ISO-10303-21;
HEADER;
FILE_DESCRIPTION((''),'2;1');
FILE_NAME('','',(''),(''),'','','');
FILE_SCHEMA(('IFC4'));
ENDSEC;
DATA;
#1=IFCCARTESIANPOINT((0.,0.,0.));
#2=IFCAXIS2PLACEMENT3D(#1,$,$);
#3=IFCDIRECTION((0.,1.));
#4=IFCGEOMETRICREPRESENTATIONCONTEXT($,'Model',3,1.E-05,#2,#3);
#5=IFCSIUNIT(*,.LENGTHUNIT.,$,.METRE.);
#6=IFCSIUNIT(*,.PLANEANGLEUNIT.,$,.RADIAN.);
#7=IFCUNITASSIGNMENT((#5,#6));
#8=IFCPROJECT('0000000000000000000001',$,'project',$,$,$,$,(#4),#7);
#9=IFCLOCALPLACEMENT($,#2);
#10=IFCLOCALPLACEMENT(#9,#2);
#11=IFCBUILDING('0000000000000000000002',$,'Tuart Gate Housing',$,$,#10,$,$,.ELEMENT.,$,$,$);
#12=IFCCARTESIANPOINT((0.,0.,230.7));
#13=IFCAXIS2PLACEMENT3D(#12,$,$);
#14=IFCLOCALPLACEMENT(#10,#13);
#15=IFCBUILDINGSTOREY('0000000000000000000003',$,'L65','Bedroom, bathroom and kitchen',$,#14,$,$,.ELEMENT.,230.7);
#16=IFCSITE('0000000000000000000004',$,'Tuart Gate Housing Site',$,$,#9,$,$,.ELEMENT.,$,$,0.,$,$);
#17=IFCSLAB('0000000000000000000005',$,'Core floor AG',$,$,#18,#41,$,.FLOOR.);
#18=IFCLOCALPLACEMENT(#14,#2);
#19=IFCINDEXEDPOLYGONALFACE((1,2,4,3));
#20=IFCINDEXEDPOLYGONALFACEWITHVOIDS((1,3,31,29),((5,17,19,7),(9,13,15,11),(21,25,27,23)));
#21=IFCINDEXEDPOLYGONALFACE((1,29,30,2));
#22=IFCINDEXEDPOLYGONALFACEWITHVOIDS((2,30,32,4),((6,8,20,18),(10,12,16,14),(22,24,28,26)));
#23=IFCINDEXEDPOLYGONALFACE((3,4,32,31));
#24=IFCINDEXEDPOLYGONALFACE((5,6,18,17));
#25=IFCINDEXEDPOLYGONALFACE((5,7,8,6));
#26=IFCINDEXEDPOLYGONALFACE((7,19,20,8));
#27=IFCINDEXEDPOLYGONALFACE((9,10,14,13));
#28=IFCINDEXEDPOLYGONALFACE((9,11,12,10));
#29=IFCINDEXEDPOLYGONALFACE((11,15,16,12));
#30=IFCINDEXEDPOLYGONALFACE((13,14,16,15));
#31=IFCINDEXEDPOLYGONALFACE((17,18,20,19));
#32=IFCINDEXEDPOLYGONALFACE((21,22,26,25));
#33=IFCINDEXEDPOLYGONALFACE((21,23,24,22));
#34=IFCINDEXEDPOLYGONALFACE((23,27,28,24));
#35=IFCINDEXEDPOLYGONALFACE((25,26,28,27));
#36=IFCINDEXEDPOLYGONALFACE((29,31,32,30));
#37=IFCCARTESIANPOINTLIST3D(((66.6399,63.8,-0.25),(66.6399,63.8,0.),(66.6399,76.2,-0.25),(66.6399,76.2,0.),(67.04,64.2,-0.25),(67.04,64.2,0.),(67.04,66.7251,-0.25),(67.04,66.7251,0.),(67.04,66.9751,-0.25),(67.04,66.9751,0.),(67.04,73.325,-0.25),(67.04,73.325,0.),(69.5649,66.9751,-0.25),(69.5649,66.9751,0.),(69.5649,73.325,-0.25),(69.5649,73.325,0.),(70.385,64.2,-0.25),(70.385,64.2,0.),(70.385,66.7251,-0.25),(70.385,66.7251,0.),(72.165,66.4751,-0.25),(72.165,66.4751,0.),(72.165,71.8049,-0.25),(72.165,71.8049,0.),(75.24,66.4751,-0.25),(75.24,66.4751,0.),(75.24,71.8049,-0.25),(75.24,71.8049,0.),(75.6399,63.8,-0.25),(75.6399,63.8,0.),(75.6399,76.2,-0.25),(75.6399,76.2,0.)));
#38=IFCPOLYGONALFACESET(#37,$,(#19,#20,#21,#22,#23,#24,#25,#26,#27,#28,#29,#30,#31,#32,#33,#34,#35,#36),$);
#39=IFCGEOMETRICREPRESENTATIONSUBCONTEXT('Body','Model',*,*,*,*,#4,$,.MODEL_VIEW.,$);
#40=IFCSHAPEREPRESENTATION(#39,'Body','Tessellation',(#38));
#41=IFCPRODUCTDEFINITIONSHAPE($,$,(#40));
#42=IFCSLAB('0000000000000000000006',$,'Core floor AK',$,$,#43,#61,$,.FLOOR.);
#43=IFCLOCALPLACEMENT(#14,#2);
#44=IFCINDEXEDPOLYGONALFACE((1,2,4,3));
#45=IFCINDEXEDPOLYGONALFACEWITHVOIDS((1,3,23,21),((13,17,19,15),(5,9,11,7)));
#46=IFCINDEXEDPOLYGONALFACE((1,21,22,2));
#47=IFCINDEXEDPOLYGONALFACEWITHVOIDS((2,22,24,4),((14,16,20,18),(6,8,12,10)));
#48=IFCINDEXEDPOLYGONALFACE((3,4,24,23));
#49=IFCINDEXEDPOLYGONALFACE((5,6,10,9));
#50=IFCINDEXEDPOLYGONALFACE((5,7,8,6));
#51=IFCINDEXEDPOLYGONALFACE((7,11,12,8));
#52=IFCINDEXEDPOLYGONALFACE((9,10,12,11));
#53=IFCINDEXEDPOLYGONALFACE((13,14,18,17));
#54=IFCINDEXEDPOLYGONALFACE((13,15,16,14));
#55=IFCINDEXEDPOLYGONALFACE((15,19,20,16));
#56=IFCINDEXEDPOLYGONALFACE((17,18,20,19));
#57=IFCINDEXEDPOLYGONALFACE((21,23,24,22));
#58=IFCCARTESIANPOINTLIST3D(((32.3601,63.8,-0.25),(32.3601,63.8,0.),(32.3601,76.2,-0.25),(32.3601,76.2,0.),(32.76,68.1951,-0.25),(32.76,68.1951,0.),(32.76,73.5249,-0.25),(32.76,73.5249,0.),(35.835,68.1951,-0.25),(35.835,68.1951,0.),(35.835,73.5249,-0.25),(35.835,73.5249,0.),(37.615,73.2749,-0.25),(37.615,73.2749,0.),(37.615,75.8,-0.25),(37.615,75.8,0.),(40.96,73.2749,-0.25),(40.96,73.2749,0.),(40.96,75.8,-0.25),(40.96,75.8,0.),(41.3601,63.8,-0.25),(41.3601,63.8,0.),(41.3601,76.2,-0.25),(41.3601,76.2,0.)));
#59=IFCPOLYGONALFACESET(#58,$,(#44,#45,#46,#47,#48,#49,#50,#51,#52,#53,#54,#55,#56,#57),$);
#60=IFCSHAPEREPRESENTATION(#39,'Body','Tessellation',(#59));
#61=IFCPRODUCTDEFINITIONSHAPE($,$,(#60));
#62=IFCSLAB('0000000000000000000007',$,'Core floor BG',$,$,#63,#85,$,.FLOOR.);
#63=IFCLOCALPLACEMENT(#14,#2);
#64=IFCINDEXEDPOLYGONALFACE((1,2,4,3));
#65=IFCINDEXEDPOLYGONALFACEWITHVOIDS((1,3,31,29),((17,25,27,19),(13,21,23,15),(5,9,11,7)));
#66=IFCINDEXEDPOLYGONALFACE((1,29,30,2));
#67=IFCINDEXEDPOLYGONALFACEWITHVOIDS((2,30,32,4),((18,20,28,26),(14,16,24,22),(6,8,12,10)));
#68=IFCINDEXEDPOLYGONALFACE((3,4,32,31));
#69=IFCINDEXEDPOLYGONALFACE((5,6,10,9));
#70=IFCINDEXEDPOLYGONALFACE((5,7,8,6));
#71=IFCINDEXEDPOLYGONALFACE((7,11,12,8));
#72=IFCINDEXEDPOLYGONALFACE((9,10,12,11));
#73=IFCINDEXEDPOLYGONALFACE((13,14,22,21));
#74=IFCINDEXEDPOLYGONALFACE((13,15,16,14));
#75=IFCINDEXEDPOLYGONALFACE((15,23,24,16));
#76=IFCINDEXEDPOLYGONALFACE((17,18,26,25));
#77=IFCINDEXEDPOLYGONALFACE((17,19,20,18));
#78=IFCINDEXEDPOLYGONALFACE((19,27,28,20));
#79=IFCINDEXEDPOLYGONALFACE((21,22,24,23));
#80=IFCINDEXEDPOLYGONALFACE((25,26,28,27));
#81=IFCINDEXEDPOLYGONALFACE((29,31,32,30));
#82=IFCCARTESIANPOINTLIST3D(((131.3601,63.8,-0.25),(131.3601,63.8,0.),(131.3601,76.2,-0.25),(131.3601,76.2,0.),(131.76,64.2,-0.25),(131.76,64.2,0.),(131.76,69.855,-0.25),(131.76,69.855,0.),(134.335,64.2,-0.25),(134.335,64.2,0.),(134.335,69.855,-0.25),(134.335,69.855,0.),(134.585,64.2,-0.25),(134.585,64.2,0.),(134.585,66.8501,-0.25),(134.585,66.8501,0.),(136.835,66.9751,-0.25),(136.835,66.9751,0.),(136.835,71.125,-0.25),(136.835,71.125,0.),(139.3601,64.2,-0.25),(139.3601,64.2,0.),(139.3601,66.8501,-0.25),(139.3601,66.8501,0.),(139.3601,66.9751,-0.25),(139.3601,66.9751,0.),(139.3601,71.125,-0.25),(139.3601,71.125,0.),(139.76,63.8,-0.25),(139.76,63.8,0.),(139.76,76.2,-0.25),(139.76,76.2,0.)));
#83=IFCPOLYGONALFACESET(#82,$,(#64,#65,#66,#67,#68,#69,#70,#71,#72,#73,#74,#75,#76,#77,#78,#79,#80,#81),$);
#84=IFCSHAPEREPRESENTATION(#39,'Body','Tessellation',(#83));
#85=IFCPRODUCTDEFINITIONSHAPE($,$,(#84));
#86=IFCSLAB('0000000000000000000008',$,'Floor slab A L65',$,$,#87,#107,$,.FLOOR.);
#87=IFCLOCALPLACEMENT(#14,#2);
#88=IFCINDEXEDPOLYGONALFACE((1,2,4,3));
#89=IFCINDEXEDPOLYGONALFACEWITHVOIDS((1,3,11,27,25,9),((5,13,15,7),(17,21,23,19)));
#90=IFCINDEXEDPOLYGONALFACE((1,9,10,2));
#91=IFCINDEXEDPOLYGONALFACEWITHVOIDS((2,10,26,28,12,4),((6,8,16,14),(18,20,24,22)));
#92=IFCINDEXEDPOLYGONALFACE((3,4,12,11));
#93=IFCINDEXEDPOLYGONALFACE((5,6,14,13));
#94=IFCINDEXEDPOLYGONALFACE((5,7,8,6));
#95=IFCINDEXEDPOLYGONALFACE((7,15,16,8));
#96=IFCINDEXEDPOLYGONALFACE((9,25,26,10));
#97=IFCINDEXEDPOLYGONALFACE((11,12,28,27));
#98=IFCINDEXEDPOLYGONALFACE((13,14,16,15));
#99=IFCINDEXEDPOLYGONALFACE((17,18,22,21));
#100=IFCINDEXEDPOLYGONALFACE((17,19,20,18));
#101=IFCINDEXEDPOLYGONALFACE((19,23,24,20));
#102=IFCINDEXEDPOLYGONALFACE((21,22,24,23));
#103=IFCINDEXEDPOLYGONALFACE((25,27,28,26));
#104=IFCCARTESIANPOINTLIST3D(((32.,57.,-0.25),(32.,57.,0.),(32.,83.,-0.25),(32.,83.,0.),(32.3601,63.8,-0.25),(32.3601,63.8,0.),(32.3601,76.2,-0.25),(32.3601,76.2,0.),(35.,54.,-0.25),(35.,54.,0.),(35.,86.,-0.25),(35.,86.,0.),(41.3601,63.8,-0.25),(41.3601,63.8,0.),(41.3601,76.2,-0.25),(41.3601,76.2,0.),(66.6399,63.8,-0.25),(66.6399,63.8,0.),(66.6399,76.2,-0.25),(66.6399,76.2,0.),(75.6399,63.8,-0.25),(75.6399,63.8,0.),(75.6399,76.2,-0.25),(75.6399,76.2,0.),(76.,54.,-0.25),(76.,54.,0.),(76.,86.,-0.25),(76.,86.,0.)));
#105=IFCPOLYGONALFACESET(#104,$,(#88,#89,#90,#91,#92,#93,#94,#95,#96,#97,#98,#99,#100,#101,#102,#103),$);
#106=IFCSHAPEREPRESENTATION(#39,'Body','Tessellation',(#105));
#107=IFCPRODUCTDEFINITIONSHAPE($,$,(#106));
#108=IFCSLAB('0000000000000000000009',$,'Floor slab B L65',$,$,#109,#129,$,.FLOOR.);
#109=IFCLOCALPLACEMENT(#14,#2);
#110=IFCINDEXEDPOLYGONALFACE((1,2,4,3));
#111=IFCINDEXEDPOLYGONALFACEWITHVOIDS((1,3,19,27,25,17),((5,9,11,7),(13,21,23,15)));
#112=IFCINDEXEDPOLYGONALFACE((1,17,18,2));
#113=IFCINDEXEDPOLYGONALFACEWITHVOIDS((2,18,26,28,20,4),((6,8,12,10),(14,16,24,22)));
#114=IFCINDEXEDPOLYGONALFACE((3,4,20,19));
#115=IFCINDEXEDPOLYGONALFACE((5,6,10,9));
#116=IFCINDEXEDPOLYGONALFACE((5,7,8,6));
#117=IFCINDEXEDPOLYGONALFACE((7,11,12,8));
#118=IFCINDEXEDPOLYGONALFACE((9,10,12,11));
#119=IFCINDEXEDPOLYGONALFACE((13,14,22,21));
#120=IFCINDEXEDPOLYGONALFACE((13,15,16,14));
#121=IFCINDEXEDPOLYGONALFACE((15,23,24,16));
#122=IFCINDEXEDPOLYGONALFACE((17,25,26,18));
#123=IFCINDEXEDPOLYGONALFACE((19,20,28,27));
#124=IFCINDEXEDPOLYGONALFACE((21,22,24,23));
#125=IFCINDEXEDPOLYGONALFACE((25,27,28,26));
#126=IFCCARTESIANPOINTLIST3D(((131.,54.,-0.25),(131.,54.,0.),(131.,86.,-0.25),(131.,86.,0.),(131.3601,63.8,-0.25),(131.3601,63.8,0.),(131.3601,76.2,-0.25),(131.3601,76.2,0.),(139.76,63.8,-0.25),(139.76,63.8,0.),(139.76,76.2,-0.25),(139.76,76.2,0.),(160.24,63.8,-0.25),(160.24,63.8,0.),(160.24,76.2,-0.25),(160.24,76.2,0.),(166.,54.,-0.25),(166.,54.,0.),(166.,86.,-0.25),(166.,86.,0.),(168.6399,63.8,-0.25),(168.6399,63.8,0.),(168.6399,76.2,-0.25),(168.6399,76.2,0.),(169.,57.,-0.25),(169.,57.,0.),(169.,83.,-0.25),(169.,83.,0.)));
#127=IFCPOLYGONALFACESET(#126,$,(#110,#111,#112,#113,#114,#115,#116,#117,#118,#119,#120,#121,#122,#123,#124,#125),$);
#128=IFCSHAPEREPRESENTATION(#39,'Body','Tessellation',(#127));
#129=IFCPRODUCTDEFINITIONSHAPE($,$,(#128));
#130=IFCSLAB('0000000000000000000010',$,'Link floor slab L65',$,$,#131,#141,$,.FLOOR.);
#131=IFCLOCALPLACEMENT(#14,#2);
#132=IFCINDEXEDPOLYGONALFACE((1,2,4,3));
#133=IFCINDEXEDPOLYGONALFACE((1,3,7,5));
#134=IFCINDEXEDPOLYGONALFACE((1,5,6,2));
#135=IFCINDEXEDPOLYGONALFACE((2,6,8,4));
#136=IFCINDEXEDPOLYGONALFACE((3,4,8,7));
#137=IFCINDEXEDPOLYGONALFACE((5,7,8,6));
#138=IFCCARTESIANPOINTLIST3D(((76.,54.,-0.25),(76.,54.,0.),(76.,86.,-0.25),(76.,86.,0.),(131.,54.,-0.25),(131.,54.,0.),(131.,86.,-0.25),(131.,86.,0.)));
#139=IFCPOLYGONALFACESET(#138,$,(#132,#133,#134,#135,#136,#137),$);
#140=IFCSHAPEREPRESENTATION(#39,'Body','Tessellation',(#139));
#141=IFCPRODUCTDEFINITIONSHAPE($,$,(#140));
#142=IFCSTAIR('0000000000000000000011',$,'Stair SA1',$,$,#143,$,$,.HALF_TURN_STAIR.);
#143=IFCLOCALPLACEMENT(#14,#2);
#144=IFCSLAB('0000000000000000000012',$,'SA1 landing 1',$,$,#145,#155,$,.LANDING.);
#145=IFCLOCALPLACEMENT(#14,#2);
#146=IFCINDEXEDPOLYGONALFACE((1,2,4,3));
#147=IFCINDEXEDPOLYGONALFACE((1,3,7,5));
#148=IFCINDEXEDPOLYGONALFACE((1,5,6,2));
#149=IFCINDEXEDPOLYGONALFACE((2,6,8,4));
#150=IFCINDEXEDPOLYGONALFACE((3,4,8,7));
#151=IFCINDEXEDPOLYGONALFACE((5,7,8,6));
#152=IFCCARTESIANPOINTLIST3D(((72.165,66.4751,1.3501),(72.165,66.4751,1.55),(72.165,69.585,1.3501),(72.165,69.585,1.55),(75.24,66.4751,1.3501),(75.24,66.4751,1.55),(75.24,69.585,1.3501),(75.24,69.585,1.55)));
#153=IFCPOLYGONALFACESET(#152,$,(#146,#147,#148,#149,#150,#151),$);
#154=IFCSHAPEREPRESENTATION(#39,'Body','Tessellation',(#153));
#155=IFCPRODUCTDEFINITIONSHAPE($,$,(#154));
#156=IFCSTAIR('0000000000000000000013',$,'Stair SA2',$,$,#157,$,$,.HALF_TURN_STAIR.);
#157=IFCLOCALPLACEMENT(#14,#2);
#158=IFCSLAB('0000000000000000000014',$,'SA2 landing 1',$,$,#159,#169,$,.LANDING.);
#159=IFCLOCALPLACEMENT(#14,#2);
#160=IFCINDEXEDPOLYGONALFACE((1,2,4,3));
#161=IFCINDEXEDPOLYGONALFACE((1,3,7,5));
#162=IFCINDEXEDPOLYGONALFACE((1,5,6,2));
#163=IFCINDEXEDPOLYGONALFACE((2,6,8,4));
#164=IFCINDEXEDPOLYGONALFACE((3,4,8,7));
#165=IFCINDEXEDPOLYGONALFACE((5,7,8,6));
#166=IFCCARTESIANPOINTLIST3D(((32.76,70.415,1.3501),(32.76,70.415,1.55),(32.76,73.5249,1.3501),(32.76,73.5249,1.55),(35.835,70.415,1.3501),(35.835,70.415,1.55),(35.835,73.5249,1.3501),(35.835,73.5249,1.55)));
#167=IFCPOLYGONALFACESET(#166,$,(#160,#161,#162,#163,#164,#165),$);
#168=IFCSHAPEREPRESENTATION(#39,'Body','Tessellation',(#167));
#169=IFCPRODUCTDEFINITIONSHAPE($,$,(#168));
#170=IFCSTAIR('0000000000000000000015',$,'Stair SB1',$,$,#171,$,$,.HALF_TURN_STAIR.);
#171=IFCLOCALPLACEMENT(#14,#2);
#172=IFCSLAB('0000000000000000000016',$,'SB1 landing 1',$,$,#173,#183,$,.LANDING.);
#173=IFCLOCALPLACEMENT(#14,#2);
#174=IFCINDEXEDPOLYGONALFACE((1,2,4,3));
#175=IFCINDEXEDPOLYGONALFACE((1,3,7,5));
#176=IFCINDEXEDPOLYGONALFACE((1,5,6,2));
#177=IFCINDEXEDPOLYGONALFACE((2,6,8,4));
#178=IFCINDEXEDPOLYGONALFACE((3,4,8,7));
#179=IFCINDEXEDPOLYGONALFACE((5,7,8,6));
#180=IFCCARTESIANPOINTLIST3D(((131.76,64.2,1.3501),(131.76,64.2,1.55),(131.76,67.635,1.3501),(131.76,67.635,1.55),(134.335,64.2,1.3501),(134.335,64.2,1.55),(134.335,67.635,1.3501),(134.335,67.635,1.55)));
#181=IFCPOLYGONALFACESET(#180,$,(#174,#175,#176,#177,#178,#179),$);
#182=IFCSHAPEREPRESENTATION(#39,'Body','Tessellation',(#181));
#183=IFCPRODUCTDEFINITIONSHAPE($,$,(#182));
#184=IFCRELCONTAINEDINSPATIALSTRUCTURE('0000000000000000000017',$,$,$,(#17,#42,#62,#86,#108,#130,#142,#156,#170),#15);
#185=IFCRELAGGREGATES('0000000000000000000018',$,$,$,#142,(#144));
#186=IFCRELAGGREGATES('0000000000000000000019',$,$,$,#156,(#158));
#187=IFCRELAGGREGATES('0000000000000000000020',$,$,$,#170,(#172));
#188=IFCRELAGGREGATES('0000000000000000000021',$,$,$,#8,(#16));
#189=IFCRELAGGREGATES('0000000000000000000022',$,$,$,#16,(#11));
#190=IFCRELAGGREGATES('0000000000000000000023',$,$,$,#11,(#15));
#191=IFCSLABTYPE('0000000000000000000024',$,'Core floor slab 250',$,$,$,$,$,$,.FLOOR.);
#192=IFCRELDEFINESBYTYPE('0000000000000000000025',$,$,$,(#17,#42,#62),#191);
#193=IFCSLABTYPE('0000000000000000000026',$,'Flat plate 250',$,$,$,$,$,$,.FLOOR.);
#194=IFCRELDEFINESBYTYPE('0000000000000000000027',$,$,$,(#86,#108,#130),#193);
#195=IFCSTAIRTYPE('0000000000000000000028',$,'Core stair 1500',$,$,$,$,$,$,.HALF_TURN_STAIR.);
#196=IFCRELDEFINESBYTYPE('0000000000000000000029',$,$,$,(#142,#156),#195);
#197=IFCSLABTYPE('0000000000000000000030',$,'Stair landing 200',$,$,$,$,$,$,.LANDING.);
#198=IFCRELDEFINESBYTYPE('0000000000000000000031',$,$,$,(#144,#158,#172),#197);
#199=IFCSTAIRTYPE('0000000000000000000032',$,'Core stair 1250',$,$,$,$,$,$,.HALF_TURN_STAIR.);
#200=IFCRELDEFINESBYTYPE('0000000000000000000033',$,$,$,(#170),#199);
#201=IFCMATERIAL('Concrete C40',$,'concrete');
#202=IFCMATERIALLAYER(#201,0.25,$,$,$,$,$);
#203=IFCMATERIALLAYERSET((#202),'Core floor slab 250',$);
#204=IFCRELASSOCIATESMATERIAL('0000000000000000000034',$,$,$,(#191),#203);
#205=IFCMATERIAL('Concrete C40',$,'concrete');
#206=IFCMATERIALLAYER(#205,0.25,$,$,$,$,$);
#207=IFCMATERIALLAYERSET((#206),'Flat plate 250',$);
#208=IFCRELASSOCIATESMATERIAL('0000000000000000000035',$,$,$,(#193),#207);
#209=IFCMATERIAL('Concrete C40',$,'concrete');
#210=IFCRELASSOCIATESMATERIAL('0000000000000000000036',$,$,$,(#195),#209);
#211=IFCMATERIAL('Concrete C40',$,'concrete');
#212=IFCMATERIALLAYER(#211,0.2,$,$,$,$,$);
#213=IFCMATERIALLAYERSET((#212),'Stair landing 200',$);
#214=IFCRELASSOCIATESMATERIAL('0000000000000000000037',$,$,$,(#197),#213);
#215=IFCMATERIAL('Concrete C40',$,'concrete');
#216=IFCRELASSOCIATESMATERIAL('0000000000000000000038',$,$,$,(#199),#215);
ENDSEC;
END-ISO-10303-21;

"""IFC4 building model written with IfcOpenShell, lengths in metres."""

from ifc_helpers import new_model, si_unit, direction, frame, origin, place, context, subcontext, project, spatial, polyline, outline, extrude, material, layer, layer_set, type_object, element, aggregate, save


model = new_model("IFC4")

# Units and contexts
model_context = context("Model", 3, precision=1e-05, world=origin(), true_north=direction((0.0, 1.0)))
body_context = subcontext(model_context, "Body", "Model", "MODEL_VIEW")
ifc_project = project(units=[si_unit("LENGTHUNIT", "METRE"), si_unit("PLANEANGLEUNIT", "RADIAN")], contexts=[model_context])

# Site, building, storey
site_placement = place(None, origin())
site = spatial("IfcSite", under=ifc_project, at=site_placement, Name="Tuart Gate Housing Site", CompositionType="ELEMENT", RefElevation=0.0)
building_placement = place(site_placement, origin())
building = spatial("IfcBuilding", under=site, at=building_placement, Name="Tuart Gate Housing", CompositionType="ELEMENT")
storey_placement = place(building_placement, frame((0.0, 0.0, 230.7)))
storey = spatial("IfcBuildingStorey", under=building, at=storey_placement, Name="L65", Description="Bedroom, bathroom and kitchen", CompositionType="ELEMENT", Elevation=230.7)

# Slabs
ifc_material_1 = material(Name="Concrete C40", Category="concrete")
ifc_layer_1 = layer(ifc_material_1, 0.25)
ifc_layer_set_1 = layer_set([ifc_layer_1], Name="Core floor slab 250")
slab_type_1 = type_object("IfcSlabType", Name="Core floor slab 250", PredefinedType="FLOOR", material=ifc_layer_set_1)
slab_1_placement = place(storey_placement, frame((0.0, 0.0, -0.25)))
element("IfcSlab", 1, at=slab_1_placement, inside=storey, type_object=slab_type_1, Name="Core floor AG", PredefinedType="FLOOR", context=body_context, shape_type="SweptSolid", body=[
    extrude(outline(polyline([(66.6399, 63.8), (75.6399, 63.8), (75.6399, 76.2), (66.6399, 76.2), (66.6399, 63.8)]), holes=[polyline([(67.04, 64.2), (70.385, 64.2), (70.385, 66.7251), (67.04, 66.7251), (67.04, 64.2)]), polyline([(67.04, 66.9751), (69.5649, 66.9751), (69.5649, 73.325), (67.04, 73.325), (67.04, 66.9751)]), polyline([(72.165, 66.4751), (75.24, 66.4751), (75.24, 71.8049), (72.165, 71.8049), (72.165, 66.4751)])]), origin(), (0.0, 0.0, 1.0), 0.25),
])
slab_2_placement = place(storey_placement, frame((0.0, 0.0, -0.25)))
element("IfcSlab", 2, at=slab_2_placement, inside=storey, type_object=slab_type_1, Name="Core floor AK", PredefinedType="FLOOR", context=body_context, shape_type="SweptSolid", body=[
    extrude(outline(polyline([(32.3601, 63.8), (41.3601, 63.8), (41.3601, 76.2), (32.3601, 76.2), (32.3601, 63.8)]), holes=[polyline([(40.96, 75.8), (37.615, 75.8), (37.615, 73.2749), (40.96, 73.2749), (40.96, 75.8)]), polyline([(35.835, 73.5249), (32.76, 73.5249), (32.76, 68.1951), (35.835, 68.1951), (35.835, 73.5249)])]), origin(), (0.0, 0.0, 1.0), 0.25),
])
slab_3_placement = place(storey_placement, frame((0.0, 0.0, -0.25)))
element("IfcSlab", 3, at=slab_3_placement, inside=storey, type_object=slab_type_1, Name="Core floor BG", PredefinedType="FLOOR", context=body_context, shape_type="SweptSolid", body=[
    extrude(outline(polyline([(131.3601, 63.8), (139.76, 63.8), (139.76, 76.2), (131.3601, 76.2), (131.3601, 63.8)]), holes=[polyline([(139.3601, 66.8501), (134.585, 66.8501), (134.585, 64.2), (139.3601, 64.2), (139.3601, 66.8501)]), polyline([(139.3601, 71.125), (136.835, 71.125), (136.835, 66.9751), (139.3601, 66.9751), (139.3601, 71.125)]), polyline([(134.335, 69.855), (131.76, 69.855), (131.76, 64.2), (134.335, 64.2), (134.335, 69.855)])]), origin(), (0.0, 0.0, 1.0), 0.25),
])
ifc_material_2 = material(Name="Concrete C40", Category="concrete")
ifc_layer_2 = layer(ifc_material_2, 0.25)
ifc_layer_set_2 = layer_set([ifc_layer_2], Name="Flat plate 250")
slab_type_2 = type_object("IfcSlabType", Name="Flat plate 250", PredefinedType="FLOOR", material=ifc_layer_set_2)
slab_4_placement = place(storey_placement, frame((0.0, 0.0, -0.25)))
element("IfcSlab", 4, at=slab_4_placement, inside=storey, type_object=slab_type_2, Name="Floor slab A L65", PredefinedType="FLOOR", context=body_context, shape_type="SweptSolid", body=[
    extrude(outline(polyline([(35.0, 86.0), (32.0, 83.0), (32.0, 57.0), (35.0, 54.0), (76.0, 54.0), (76.0, 86.0), (35.0, 86.0)]), holes=[polyline([(66.6399, 76.2), (75.6399, 76.2), (75.6399, 63.8), (66.6399, 63.8), (66.6399, 76.2)]), polyline([(41.3601, 76.2), (41.3601, 63.8), (32.3601, 63.8), (32.3601, 76.2), (41.3601, 76.2)])]), origin(), (0.0, 0.0, 1.0), 0.25),
])
slab_5_placement = place(storey_placement, frame((0.0, 0.0, -0.25)))
element("IfcSlab", 5, at=slab_5_placement, inside=storey, type_object=slab_type_2, Name="Floor slab B L65", PredefinedType="FLOOR", context=body_context, shape_type="SweptSolid", body=[
    extrude(outline(polyline([(166.0, 86.0), (131.0, 86.0), (131.0, 54.0), (166.0, 54.0), (169.0, 57.0), (169.0, 83.0), (166.0, 86.0)]), holes=[polyline([(131.3601, 76.2), (139.76, 76.2), (139.76, 63.8), (131.3601, 63.8), (131.3601, 76.2)]), polyline([(168.6399, 76.2), (168.6399, 63.8), (160.24, 63.8), (160.24, 76.2), (168.6399, 76.2)])]), origin(), (0.0, 0.0, 1.0), 0.25),
])
slab_6_placement = place(storey_placement, frame((0.0, 0.0, -0.25)))
element("IfcSlab", 6, at=slab_6_placement, inside=storey, type_object=slab_type_2, Name="Link floor slab L65", PredefinedType="FLOOR", context=body_context, shape_type="SweptSolid", body=[
    extrude(outline(polyline([(76.0, 54.0), (131.0, 54.0), (131.0, 86.0), (76.0, 86.0), (76.0, 54.0)])), origin(), (0.0, 0.0, 1.0), 0.25),
])

# Stairs, slabs
ifc_material_3 = material(Name="Concrete C40", Category="concrete")
stair_type_1 = type_object("IfcStairType", Name="Core stair 1500", PredefinedType="HALF_TURN_STAIR", material=ifc_material_3)
stair_1_placement = place(storey_placement, origin())
stair_1 = element("IfcStair", 7, at=stair_1_placement, inside=storey, type_object=stair_type_1, Name="Stair SA1", PredefinedType="HALF_TURN_STAIR")
ifc_material_4 = material(Name="Concrete C40", Category="concrete")
ifc_layer_3 = layer(ifc_material_4, 0.2)
ifc_layer_set_3 = layer_set([ifc_layer_3], Name="Stair landing 200")
slab_type_3 = type_object("IfcSlabType", Name="Stair landing 200", PredefinedType="LANDING", material=ifc_layer_set_3)
slab_7_placement = place(storey_placement, frame((0.0, 0.0, 1.3501)))
slab_7 = element("IfcSlab", 8, at=slab_7_placement, type_object=slab_type_3, Name="SA1 landing 1", PredefinedType="LANDING", context=body_context, shape_type="SweptSolid", body=[
    extrude(outline(polyline([(72.165, 66.4751), (75.24, 66.4751), (75.24, 69.585), (72.165, 69.585), (72.165, 66.4751)])), origin(), (0.0, 0.0, 1.0), 0.2),
])
aggregate(stair_1, [slab_7])
stair_2_placement = place(storey_placement, origin())
stair_2 = element("IfcStair", 9, at=stair_2_placement, inside=storey, type_object=stair_type_1, Name="Stair SA2", PredefinedType="HALF_TURN_STAIR")
slab_8_placement = place(storey_placement, frame((0.0, 0.0, 1.3501)))
slab_8 = element("IfcSlab", 10, at=slab_8_placement, type_object=slab_type_3, Name="SA2 landing 1", PredefinedType="LANDING", context=body_context, shape_type="SweptSolid", body=[
    extrude(outline(polyline([(35.835, 73.5249), (32.76, 73.5249), (32.76, 70.415), (35.835, 70.415), (35.835, 73.5249)])), origin(), (0.0, 0.0, 1.0), 0.2),
])
aggregate(stair_2, [slab_8])
ifc_material_5 = material(Name="Concrete C40", Category="concrete")
stair_type_2 = type_object("IfcStairType", Name="Core stair 1250", PredefinedType="HALF_TURN_STAIR", material=ifc_material_5)
stair_3_placement = place(storey_placement, origin())
stair_3 = element("IfcStair", 11, at=stair_3_placement, inside=storey, type_object=stair_type_2, Name="Stair SB1", PredefinedType="HALF_TURN_STAIR")
slab_9_placement = place(storey_placement, frame((0.0, 0.0, 1.3501)))
slab_9 = element("IfcSlab", 12, at=slab_9_placement, type_object=slab_type_3, Name="SB1 landing 1", PredefinedType="LANDING", context=body_context, shape_type="SweptSolid", body=[
    extrude(outline(polyline([(134.335, 67.635), (131.76, 67.635), (131.76, 64.2), (134.335, 64.2), (134.335, 67.635)])), origin(), (0.0, 0.0, 1.0), 0.2),
])
aggregate(stair_3, [slab_9])

save(model, "model.ifc")
